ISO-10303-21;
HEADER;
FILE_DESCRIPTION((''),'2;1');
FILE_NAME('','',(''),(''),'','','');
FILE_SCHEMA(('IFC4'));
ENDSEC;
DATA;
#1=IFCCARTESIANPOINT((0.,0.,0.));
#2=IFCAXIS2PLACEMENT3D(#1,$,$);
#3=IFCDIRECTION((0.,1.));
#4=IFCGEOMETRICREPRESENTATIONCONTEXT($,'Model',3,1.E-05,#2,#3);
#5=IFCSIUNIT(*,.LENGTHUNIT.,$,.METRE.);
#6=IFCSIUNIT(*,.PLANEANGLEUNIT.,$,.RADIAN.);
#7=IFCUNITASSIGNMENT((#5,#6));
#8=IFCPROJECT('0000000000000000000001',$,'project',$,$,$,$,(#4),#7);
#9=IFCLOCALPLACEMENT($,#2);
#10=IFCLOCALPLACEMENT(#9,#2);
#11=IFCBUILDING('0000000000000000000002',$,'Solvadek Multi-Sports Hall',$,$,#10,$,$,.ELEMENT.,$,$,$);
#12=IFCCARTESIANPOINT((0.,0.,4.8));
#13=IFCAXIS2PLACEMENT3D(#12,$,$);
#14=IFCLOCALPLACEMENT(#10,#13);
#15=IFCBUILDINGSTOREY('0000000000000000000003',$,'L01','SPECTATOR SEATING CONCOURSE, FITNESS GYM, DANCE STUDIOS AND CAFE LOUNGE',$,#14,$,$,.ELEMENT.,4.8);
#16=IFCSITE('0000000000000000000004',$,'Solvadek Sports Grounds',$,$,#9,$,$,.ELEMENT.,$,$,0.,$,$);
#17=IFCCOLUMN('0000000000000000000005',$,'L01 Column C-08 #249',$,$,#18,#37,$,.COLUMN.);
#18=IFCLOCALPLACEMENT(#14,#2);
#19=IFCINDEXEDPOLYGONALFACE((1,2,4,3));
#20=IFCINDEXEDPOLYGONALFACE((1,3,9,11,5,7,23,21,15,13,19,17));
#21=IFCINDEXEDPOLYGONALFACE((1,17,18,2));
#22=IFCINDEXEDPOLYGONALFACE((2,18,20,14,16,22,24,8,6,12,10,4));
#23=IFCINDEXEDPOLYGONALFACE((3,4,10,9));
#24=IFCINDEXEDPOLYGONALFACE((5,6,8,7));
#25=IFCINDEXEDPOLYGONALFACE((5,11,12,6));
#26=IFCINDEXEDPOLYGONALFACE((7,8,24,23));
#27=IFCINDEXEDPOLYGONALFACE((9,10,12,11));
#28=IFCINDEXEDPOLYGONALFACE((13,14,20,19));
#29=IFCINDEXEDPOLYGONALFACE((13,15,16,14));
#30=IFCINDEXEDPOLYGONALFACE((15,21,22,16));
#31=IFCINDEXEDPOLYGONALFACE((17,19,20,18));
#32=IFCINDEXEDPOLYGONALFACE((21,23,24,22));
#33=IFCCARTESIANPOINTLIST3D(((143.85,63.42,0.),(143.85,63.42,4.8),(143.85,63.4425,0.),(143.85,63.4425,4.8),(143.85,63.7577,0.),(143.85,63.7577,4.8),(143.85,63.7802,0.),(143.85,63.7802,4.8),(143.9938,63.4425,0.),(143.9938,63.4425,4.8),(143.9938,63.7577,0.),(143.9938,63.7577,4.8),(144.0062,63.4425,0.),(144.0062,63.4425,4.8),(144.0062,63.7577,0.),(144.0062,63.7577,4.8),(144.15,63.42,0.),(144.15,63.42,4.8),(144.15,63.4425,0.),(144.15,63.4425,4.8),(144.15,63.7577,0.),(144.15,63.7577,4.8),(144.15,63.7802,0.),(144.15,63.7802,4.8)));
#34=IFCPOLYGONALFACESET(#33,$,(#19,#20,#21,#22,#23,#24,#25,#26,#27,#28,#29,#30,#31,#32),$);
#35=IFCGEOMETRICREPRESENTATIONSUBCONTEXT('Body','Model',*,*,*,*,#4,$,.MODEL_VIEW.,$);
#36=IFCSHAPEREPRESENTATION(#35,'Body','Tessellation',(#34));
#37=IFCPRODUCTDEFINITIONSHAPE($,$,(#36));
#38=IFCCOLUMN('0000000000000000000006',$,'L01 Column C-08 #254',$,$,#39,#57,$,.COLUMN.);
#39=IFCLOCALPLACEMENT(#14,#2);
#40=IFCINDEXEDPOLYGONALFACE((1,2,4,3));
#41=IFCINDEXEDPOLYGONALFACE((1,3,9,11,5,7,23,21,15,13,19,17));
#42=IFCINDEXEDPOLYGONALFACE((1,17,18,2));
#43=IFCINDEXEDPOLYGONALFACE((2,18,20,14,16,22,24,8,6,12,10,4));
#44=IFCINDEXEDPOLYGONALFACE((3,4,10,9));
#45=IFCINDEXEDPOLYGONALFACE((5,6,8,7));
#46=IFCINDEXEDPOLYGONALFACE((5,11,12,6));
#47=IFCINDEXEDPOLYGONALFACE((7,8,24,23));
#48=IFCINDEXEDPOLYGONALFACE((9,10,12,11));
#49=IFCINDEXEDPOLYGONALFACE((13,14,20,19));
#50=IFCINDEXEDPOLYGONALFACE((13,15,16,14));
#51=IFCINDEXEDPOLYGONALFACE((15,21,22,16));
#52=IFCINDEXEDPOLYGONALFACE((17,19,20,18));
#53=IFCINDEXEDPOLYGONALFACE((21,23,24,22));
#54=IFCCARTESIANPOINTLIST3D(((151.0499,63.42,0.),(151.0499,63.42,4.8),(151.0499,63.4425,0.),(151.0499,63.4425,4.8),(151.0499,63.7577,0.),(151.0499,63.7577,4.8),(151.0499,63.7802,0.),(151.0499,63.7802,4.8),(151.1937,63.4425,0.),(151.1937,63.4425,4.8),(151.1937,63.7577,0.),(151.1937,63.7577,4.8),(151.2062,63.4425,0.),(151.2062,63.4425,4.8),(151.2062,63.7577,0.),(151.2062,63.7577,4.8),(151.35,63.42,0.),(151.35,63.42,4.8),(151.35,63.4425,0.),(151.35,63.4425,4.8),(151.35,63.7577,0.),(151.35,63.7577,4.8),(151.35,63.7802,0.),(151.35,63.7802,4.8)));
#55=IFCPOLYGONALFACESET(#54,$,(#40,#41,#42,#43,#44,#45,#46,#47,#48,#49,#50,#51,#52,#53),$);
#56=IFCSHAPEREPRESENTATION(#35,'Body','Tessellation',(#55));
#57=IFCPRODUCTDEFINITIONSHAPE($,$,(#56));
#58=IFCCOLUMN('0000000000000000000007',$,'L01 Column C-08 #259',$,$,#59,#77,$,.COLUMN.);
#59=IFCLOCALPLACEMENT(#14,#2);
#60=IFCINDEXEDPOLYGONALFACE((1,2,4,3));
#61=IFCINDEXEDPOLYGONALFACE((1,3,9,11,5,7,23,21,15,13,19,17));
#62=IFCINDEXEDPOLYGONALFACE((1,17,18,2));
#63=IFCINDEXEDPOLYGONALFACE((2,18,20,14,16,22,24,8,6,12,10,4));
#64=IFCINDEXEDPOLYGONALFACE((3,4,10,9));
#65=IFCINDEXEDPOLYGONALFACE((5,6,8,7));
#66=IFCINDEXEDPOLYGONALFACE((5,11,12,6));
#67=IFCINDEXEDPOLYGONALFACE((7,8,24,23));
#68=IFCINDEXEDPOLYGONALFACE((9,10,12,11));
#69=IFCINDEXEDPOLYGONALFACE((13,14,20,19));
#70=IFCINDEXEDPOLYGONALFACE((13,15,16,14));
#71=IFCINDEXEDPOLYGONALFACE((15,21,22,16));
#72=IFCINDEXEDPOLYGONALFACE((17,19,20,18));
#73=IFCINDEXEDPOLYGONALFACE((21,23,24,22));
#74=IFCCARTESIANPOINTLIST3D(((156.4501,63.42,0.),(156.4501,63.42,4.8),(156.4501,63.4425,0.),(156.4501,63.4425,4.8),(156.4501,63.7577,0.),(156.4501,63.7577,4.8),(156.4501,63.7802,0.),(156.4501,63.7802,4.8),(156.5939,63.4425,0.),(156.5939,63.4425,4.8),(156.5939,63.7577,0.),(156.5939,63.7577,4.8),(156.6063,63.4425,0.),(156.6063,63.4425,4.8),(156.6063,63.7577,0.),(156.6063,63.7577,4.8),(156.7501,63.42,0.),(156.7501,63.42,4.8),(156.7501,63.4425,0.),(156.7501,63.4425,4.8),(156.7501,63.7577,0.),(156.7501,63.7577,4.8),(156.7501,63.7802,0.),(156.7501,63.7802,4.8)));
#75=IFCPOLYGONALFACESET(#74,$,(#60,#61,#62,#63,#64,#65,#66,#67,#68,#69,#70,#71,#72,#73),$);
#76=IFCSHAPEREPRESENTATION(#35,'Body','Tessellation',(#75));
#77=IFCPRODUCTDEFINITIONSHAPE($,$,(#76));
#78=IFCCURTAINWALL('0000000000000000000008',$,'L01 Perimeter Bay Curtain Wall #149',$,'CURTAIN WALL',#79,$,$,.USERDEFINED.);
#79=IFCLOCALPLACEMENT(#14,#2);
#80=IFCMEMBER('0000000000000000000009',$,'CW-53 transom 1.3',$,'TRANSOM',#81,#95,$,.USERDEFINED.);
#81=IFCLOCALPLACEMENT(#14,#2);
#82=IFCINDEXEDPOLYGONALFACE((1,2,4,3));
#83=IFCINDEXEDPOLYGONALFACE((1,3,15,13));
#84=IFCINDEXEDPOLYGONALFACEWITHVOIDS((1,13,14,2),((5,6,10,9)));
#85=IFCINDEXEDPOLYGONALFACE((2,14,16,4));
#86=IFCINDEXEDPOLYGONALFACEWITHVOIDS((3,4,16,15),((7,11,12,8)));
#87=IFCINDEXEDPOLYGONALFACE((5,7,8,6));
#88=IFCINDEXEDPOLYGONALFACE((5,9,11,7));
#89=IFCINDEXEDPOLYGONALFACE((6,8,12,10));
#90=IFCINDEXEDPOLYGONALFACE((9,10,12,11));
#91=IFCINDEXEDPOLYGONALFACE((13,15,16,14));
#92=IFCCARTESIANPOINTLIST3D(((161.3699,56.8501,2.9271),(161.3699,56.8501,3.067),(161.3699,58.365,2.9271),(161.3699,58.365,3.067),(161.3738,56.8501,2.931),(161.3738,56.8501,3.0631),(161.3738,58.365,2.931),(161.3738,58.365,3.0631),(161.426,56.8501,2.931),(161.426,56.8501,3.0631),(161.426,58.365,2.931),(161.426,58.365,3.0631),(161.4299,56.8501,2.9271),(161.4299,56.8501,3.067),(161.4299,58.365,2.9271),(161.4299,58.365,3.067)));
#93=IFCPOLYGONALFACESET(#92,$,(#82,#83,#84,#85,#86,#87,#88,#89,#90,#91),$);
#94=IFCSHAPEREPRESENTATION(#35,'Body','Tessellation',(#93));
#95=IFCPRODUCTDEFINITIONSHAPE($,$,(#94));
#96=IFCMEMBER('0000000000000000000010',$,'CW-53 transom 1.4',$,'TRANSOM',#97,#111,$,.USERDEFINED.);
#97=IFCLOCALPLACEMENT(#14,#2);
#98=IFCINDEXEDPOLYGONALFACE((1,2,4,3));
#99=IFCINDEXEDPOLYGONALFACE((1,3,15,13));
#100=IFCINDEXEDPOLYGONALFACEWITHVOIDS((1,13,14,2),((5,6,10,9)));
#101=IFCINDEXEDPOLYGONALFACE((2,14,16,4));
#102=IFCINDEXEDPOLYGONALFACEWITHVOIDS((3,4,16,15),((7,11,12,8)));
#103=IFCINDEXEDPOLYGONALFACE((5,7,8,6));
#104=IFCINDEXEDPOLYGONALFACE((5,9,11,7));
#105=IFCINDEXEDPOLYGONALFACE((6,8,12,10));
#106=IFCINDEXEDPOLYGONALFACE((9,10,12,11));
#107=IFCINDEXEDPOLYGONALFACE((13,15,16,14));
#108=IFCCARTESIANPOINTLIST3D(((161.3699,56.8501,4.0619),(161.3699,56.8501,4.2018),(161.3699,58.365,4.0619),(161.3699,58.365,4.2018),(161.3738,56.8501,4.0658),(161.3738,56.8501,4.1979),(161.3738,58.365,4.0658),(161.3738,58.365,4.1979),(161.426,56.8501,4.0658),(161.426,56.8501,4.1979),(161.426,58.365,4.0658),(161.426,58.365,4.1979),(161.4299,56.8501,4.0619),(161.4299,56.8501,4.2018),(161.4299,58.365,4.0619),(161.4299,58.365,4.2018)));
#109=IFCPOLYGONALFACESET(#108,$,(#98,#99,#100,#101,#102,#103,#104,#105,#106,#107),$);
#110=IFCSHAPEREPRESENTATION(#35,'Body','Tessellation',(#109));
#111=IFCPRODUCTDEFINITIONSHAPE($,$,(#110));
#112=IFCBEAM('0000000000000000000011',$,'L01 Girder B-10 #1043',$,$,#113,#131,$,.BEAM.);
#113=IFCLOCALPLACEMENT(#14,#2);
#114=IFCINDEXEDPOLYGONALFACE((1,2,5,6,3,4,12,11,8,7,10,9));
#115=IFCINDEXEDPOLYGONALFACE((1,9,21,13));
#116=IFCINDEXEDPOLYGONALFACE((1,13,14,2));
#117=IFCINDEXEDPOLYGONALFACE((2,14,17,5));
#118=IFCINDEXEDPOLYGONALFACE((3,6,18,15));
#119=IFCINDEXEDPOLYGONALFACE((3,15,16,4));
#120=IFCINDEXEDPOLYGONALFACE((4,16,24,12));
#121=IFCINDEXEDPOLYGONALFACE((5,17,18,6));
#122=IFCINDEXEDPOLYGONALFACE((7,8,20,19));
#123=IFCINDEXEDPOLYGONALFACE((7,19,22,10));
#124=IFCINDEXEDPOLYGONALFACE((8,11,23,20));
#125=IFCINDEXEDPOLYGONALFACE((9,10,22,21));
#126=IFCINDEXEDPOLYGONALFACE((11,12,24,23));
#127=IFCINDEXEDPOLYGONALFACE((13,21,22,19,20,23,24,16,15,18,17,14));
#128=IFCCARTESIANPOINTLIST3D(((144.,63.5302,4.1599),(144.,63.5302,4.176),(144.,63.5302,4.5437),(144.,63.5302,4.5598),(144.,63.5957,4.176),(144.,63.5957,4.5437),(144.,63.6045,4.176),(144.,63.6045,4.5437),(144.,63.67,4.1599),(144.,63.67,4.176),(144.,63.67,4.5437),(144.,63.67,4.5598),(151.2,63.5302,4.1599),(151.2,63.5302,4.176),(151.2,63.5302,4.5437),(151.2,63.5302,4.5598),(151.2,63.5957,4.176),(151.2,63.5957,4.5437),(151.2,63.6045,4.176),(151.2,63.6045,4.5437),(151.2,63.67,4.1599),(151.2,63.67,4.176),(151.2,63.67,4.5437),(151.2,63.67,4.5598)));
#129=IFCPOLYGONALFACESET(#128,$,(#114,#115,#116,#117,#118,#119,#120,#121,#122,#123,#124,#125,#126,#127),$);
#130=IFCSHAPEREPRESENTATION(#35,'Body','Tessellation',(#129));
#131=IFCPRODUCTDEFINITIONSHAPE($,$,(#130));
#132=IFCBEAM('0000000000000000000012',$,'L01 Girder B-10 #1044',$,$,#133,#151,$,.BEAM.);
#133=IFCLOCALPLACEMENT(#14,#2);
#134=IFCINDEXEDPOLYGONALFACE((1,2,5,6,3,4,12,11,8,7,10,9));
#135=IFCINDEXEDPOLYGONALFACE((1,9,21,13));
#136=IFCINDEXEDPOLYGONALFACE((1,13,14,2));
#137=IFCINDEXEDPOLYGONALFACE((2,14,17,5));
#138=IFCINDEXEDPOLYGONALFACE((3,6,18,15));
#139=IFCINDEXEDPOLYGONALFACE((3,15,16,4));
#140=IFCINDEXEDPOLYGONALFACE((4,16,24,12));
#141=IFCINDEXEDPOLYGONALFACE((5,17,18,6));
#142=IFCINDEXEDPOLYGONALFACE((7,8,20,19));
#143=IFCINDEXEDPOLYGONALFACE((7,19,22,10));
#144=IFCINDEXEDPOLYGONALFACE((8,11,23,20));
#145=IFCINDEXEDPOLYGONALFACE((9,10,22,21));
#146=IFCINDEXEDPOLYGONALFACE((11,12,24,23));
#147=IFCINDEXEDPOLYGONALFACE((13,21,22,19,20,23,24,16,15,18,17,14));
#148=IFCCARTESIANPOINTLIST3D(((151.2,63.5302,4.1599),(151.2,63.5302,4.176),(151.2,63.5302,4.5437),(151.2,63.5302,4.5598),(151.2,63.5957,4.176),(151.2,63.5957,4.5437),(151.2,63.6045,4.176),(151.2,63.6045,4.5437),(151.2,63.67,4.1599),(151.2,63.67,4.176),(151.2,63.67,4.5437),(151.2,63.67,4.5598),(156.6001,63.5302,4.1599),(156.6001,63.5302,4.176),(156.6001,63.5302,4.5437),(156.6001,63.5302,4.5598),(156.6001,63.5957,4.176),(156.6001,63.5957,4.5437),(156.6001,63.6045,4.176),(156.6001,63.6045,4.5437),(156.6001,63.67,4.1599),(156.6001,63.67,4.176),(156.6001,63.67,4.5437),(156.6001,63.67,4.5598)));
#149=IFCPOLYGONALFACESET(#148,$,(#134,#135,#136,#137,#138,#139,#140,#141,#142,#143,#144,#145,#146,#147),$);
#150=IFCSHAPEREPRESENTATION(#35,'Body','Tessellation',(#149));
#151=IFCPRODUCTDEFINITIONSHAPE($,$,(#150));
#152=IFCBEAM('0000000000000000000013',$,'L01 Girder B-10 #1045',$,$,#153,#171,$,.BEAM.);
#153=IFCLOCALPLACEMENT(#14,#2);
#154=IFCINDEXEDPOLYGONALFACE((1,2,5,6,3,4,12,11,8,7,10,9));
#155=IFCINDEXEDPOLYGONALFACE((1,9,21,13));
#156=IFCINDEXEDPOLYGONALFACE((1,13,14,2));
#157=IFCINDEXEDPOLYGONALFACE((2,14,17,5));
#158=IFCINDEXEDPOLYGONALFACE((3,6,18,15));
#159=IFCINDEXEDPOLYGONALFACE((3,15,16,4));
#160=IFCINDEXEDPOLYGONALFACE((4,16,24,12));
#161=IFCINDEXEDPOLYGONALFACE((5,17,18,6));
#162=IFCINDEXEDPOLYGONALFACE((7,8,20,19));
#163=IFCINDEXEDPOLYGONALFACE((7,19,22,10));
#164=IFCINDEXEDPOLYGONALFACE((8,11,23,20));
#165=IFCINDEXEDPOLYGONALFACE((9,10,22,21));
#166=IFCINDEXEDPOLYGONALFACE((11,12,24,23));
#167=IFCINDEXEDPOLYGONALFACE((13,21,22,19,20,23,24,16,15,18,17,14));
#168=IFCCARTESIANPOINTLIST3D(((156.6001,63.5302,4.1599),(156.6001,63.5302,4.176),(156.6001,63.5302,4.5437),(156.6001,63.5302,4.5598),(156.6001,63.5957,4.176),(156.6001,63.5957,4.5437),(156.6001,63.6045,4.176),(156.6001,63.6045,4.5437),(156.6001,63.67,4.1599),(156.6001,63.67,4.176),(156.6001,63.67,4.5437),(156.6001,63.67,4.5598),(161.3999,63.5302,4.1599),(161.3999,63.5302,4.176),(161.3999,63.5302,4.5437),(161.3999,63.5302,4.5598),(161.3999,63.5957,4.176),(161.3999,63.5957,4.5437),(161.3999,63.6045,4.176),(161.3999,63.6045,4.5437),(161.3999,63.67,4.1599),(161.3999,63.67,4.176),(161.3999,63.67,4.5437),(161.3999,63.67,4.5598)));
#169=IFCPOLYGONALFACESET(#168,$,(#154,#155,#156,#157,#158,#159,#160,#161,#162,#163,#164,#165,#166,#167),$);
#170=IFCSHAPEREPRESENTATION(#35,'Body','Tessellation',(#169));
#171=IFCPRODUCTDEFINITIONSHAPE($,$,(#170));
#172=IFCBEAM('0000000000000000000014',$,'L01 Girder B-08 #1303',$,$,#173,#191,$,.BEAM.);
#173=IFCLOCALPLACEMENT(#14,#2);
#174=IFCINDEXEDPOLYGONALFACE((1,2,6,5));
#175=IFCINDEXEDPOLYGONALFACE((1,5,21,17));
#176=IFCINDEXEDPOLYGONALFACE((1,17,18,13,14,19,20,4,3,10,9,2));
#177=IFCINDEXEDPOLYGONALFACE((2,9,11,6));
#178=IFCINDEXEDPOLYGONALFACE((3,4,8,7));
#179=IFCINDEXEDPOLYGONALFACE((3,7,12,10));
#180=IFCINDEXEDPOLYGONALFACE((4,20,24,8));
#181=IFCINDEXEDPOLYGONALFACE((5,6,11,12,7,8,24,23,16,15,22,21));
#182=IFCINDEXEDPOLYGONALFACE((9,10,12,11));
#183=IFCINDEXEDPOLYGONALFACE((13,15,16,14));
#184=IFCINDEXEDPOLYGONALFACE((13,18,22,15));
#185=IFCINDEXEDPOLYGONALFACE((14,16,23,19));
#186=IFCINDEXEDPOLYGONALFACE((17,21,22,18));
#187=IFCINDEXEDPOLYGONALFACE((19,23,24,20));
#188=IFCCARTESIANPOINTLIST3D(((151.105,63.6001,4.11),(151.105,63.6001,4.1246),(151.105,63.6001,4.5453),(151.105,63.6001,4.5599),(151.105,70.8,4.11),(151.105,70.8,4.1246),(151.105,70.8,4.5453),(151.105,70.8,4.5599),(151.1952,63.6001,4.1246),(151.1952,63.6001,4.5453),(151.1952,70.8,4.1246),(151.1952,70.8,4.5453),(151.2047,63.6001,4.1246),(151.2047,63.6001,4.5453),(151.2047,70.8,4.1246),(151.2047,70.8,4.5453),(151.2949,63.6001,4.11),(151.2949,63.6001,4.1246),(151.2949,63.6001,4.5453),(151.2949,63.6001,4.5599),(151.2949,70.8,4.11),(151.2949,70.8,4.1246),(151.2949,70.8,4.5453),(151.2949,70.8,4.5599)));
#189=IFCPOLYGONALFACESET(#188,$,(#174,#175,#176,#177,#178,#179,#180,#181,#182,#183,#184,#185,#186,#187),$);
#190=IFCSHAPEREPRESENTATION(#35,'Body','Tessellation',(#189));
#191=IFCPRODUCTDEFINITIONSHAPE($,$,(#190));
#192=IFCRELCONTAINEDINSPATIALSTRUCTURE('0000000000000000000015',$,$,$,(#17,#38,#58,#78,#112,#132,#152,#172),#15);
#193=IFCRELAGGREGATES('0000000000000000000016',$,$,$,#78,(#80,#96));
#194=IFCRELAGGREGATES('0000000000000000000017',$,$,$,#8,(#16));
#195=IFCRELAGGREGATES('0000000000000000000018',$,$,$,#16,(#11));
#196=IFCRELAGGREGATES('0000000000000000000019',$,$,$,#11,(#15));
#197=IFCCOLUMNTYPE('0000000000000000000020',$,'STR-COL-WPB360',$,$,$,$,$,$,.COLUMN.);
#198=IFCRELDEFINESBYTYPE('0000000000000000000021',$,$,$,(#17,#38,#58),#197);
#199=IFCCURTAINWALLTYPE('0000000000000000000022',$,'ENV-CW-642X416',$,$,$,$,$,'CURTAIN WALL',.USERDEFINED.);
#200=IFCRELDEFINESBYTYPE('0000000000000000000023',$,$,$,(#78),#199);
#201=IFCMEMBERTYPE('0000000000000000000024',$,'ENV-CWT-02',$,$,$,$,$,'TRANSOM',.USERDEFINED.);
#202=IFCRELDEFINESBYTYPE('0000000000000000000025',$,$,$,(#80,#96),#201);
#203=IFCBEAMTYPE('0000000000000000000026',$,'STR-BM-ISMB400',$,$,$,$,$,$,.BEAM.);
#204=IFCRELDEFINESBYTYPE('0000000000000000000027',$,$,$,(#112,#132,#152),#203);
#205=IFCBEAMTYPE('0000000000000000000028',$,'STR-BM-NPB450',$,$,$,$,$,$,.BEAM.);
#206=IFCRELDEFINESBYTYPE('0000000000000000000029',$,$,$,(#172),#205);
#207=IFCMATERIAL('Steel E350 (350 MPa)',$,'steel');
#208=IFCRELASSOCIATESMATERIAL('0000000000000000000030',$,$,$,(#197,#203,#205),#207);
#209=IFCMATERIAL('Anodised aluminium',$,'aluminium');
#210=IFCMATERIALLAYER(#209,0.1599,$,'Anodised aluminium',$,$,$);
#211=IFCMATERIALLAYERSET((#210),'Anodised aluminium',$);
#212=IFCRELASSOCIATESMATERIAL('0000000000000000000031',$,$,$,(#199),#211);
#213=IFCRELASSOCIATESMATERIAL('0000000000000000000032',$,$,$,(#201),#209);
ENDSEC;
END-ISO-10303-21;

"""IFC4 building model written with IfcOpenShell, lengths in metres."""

from ifc_helpers import new_model, si_unit, direction, frame, origin, origin_2d, place, context, subcontext, project, spatial, hollow_rectangle, i_section, extrude, material, layer, layer_set, material_profile, profile_set, type_object, element, aggregate, save


model = new_model("IFC4")

# Units and contexts
model_context = context("Model", 3, precision=1e-05, world=origin(), true_north=direction((0.0, 1.0)))
body_context = subcontext(model_context, "Body", "Model", "MODEL_VIEW")
ifc_project = project(units=[si_unit("LENGTHUNIT", "METRE"), si_unit("PLANEANGLEUNIT", "RADIAN")], contexts=[model_context])

# Site, building, storey
site_placement = place(None, origin())
site = spatial("IfcSite", under=ifc_project, at=site_placement, Name="Solvadek Sports Grounds", CompositionType="ELEMENT", RefElevation=0.0)
building_placement = place(site_placement, origin())
building = spatial("IfcBuilding", under=site, at=building_placement, Name="Solvadek Multi-Sports Hall", CompositionType="ELEMENT")
storey_placement = place(building_placement, frame((0.0, 0.0, 4.8)))
storey = spatial("IfcBuildingStorey", under=building, at=storey_placement, Name="L01", Description="SPECTATOR SEATING CONCOURSE, FITNESS GYM, DANCE STUDIOS AND CAFE LOUNGE", CompositionType="ELEMENT", Elevation=4.8)

# Columns
ifc_material_1 = material(Name="Steel E350 (350 MPa)", Category="steel")
ifc_material_profile_1 = material_profile(ifc_material_1, i_section(OverallWidth=0.3, OverallDepth=0.3601, WebThickness=0.0125, FlangeThickness=0.0225, at=origin_2d()), Name="WPB 360")
ifc_profile_set_1 = profile_set([ifc_material_profile_1], Name="Steel E350 (350 MPa)")
column_type = type_object("IfcColumnType", Name="STR-COL-WPB360", PredefinedType="COLUMN", material=ifc_profile_set_1)
for number, where, z_axis, x_axis, name in (
    (1, (144.0, 63.6001, 0.0), (0.0, 0.0, 1.0), (1.0, 0.0, 0.0), "L01 Column C-08 #249"),
    (2, (151.2, 63.6001, 0.0), (0.0, 0.0, 1.0), (1.0, 0.0, 0.0), "L01 Column C-08 #254"),
    (3, (156.6001, 63.6001, 0.0), (0.0, 0.0, 1.0), (1.0, 0.0, 0.0), "L01 Column C-08 #259"),
):
    element("IfcColumn", number, at=place(storey_placement, frame(where, z_axis=z_axis, x_axis=x_axis)), inside=storey, type_object=column_type, Name=name, PredefinedType="COLUMN", context=body_context, shape_type="SweptSolid", body=[
        extrude(i_section(OverallWidth=0.3, OverallDepth=0.3601, WebThickness=0.0125, FlangeThickness=0.0225, at=origin_2d()), origin(), (0.0, 0.0, 1.0), 4.8),
    ])

# Curtain wall, members
ifc_material_2 = material(Name="Anodised aluminium", Category="aluminium")
ifc_layer_1 = layer(ifc_material_2, 0.1599, Name="Anodised aluminium")
ifc_layer_set_1 = layer_set([ifc_layer_1], Name="Anodised aluminium")
curtain_wall_type = type_object("IfcCurtainWallType", Name="ENV-CW-642X416", ElementType="CURTAIN WALL", PredefinedType="USERDEFINED", material=ifc_layer_set_1)
curtain_wall_placement = place(storey_placement, origin())
curtain_wall = element("IfcCurtainWall", 4, at=curtain_wall_placement, inside=storey, type_object=curtain_wall_type, Name="L01 Perimeter Bay Curtain Wall #149", ObjectType="CURTAIN WALL", PredefinedType="USERDEFINED")
ifc_material_profile_2 = material_profile(ifc_material_2, hollow_rectangle(XDim=0.0601, YDim=0.1399, WallThickness=0.0039, at=origin_2d()), Name="ALU-T 140x60x4")
ifc_profile_set_2 = profile_set([ifc_material_profile_2], Name="Anodised aluminium")
member_type = type_object("IfcMemberType", Name="ENV-CWT-02", ElementType="TRANSOM", PredefinedType="USERDEFINED", material=ifc_profile_set_2)
member_1_placement = place(storey_placement, frame((161.3999, 56.8501, 2.9971), z_axis=(0.0, 1.0, 0.0), x_axis=(-1.0, 0.0, 0.0)))
member_1 = element("IfcMember", 5, at=member_1_placement, type_object=member_type, Name="CW-53 transom 1.3", ObjectType="TRANSOM", PredefinedType="USERDEFINED", context=body_context, shape_type="SweptSolid", body=[
    extrude(hollow_rectangle(XDim=0.0601, YDim=0.1399, WallThickness=0.0039, at=origin_2d()), origin(), (0.0, 0.0, 1.0), 1.5149),
])
member_2_placement = place(storey_placement, frame((161.3999, 56.8501, 4.1318), z_axis=(0.0, 1.0, 0.0), x_axis=(-1.0, 0.0, 0.0)))
member_2 = element("IfcMember", 6, at=member_2_placement, type_object=member_type, Name="CW-53 transom 1.4", ObjectType="TRANSOM", PredefinedType="USERDEFINED", context=body_context, shape_type="SweptSolid", body=[
    extrude(hollow_rectangle(XDim=0.0601, YDim=0.1399, WallThickness=0.0039, at=origin_2d()), origin(), (0.0, 0.0, 1.0), 1.5149),
])

# Beams
ifc_material_profile_3 = material_profile(ifc_material_1, i_section(OverallWidth=0.1399, OverallDepth=0.3999, WebThickness=0.0088, FlangeThickness=0.0161, at=origin_2d()), Name="ISMB 400")
ifc_profile_set_3 = profile_set([ifc_material_profile_3], Name="Steel E350 (350 MPa)")
beam_type_1 = type_object("IfcBeamType", Name="STR-BM-ISMB400", PredefinedType="BEAM", material=ifc_profile_set_3)
beam_1_placement = place(storey_placement, frame((144.0, 63.6001, 4.3599), z_axis=(1.0, 0.0, 0.0), x_axis=(0.0, 1.0, 0.0)))
element("IfcBeam", 7, at=beam_1_placement, inside=storey, type_object=beam_type_1, Name="L01 Girder B-10 #1043", PredefinedType="BEAM", context=body_context, shape_type="SweptSolid", body=[
    extrude(i_section(OverallWidth=0.1399, OverallDepth=0.3999, WebThickness=0.0088, FlangeThickness=0.0161, at=origin_2d()), origin(), (0.0, 0.0, 1.0), 7.2),
])
beam_2_placement = place(storey_placement, frame((151.2, 63.6001, 4.3599), z_axis=(1.0, 0.0, 0.0), x_axis=(0.0, 1.0, 0.0)))
element("IfcBeam", 8, at=beam_2_placement, inside=storey, type_object=beam_type_1, Name="L01 Girder B-10 #1044", PredefinedType="BEAM", context=body_context, shape_type="SweptSolid", body=[
    extrude(i_section(OverallWidth=0.1399, OverallDepth=0.3999, WebThickness=0.0088, FlangeThickness=0.0161, at=origin_2d()), origin(), (0.0, 0.0, 1.0), 5.4001),
])
beam_3_placement = place(storey_placement, frame((156.6001, 63.6001, 4.3599), z_axis=(1.0, 0.0, 0.0), x_axis=(0.0, 1.0, 0.0)))
element("IfcBeam", 9, at=beam_3_placement, inside=storey, type_object=beam_type_1, Name="L01 Girder B-10 #1045", PredefinedType="BEAM", context=body_context, shape_type="SweptSolid", body=[
    extrude(i_section(OverallWidth=0.1399, OverallDepth=0.3999, WebThickness=0.0088, FlangeThickness=0.0161, at=origin_2d()), origin(), (0.0, 0.0, 1.0), 4.7998),
])
ifc_material_profile_4 = material_profile(ifc_material_1, i_section(OverallWidth=0.1899, OverallDepth=0.45, WebThickness=0.0095, FlangeThickness=0.0146, at=origin_2d()), Name="NPB 450")
ifc_profile_set_4 = profile_set([ifc_material_profile_4], Name="Steel E350 (350 MPa)")
beam_type_2 = type_object("IfcBeamType", Name="STR-BM-NPB450", PredefinedType="BEAM", material=ifc_profile_set_4)
for number, where, z_axis, x_axis, name in (
    (10, (151.2, 63.6001, 4.335), (0.0, 1.0, 0.0), (-1.0, 0.0, 0.0), "L01 Girder B-08 #1303"),
):
    element("IfcBeam", number, at=place(storey_placement, frame(where, z_axis=z_axis, x_axis=x_axis)), inside=storey, type_object=beam_type_2, Name=name, PredefinedType="BEAM", context=body_context, shape_type="SweptSolid", body=[
        extrude(i_section(OverallWidth=0.1899, OverallDepth=0.45, WebThickness=0.0095, FlangeThickness=0.0146, at=origin_2d()), origin(), (0.0, 0.0, 1.0), 7.2),
    ])

aggregate(curtain_wall, [member_1, member_2])

save(model, "model.ifc")
